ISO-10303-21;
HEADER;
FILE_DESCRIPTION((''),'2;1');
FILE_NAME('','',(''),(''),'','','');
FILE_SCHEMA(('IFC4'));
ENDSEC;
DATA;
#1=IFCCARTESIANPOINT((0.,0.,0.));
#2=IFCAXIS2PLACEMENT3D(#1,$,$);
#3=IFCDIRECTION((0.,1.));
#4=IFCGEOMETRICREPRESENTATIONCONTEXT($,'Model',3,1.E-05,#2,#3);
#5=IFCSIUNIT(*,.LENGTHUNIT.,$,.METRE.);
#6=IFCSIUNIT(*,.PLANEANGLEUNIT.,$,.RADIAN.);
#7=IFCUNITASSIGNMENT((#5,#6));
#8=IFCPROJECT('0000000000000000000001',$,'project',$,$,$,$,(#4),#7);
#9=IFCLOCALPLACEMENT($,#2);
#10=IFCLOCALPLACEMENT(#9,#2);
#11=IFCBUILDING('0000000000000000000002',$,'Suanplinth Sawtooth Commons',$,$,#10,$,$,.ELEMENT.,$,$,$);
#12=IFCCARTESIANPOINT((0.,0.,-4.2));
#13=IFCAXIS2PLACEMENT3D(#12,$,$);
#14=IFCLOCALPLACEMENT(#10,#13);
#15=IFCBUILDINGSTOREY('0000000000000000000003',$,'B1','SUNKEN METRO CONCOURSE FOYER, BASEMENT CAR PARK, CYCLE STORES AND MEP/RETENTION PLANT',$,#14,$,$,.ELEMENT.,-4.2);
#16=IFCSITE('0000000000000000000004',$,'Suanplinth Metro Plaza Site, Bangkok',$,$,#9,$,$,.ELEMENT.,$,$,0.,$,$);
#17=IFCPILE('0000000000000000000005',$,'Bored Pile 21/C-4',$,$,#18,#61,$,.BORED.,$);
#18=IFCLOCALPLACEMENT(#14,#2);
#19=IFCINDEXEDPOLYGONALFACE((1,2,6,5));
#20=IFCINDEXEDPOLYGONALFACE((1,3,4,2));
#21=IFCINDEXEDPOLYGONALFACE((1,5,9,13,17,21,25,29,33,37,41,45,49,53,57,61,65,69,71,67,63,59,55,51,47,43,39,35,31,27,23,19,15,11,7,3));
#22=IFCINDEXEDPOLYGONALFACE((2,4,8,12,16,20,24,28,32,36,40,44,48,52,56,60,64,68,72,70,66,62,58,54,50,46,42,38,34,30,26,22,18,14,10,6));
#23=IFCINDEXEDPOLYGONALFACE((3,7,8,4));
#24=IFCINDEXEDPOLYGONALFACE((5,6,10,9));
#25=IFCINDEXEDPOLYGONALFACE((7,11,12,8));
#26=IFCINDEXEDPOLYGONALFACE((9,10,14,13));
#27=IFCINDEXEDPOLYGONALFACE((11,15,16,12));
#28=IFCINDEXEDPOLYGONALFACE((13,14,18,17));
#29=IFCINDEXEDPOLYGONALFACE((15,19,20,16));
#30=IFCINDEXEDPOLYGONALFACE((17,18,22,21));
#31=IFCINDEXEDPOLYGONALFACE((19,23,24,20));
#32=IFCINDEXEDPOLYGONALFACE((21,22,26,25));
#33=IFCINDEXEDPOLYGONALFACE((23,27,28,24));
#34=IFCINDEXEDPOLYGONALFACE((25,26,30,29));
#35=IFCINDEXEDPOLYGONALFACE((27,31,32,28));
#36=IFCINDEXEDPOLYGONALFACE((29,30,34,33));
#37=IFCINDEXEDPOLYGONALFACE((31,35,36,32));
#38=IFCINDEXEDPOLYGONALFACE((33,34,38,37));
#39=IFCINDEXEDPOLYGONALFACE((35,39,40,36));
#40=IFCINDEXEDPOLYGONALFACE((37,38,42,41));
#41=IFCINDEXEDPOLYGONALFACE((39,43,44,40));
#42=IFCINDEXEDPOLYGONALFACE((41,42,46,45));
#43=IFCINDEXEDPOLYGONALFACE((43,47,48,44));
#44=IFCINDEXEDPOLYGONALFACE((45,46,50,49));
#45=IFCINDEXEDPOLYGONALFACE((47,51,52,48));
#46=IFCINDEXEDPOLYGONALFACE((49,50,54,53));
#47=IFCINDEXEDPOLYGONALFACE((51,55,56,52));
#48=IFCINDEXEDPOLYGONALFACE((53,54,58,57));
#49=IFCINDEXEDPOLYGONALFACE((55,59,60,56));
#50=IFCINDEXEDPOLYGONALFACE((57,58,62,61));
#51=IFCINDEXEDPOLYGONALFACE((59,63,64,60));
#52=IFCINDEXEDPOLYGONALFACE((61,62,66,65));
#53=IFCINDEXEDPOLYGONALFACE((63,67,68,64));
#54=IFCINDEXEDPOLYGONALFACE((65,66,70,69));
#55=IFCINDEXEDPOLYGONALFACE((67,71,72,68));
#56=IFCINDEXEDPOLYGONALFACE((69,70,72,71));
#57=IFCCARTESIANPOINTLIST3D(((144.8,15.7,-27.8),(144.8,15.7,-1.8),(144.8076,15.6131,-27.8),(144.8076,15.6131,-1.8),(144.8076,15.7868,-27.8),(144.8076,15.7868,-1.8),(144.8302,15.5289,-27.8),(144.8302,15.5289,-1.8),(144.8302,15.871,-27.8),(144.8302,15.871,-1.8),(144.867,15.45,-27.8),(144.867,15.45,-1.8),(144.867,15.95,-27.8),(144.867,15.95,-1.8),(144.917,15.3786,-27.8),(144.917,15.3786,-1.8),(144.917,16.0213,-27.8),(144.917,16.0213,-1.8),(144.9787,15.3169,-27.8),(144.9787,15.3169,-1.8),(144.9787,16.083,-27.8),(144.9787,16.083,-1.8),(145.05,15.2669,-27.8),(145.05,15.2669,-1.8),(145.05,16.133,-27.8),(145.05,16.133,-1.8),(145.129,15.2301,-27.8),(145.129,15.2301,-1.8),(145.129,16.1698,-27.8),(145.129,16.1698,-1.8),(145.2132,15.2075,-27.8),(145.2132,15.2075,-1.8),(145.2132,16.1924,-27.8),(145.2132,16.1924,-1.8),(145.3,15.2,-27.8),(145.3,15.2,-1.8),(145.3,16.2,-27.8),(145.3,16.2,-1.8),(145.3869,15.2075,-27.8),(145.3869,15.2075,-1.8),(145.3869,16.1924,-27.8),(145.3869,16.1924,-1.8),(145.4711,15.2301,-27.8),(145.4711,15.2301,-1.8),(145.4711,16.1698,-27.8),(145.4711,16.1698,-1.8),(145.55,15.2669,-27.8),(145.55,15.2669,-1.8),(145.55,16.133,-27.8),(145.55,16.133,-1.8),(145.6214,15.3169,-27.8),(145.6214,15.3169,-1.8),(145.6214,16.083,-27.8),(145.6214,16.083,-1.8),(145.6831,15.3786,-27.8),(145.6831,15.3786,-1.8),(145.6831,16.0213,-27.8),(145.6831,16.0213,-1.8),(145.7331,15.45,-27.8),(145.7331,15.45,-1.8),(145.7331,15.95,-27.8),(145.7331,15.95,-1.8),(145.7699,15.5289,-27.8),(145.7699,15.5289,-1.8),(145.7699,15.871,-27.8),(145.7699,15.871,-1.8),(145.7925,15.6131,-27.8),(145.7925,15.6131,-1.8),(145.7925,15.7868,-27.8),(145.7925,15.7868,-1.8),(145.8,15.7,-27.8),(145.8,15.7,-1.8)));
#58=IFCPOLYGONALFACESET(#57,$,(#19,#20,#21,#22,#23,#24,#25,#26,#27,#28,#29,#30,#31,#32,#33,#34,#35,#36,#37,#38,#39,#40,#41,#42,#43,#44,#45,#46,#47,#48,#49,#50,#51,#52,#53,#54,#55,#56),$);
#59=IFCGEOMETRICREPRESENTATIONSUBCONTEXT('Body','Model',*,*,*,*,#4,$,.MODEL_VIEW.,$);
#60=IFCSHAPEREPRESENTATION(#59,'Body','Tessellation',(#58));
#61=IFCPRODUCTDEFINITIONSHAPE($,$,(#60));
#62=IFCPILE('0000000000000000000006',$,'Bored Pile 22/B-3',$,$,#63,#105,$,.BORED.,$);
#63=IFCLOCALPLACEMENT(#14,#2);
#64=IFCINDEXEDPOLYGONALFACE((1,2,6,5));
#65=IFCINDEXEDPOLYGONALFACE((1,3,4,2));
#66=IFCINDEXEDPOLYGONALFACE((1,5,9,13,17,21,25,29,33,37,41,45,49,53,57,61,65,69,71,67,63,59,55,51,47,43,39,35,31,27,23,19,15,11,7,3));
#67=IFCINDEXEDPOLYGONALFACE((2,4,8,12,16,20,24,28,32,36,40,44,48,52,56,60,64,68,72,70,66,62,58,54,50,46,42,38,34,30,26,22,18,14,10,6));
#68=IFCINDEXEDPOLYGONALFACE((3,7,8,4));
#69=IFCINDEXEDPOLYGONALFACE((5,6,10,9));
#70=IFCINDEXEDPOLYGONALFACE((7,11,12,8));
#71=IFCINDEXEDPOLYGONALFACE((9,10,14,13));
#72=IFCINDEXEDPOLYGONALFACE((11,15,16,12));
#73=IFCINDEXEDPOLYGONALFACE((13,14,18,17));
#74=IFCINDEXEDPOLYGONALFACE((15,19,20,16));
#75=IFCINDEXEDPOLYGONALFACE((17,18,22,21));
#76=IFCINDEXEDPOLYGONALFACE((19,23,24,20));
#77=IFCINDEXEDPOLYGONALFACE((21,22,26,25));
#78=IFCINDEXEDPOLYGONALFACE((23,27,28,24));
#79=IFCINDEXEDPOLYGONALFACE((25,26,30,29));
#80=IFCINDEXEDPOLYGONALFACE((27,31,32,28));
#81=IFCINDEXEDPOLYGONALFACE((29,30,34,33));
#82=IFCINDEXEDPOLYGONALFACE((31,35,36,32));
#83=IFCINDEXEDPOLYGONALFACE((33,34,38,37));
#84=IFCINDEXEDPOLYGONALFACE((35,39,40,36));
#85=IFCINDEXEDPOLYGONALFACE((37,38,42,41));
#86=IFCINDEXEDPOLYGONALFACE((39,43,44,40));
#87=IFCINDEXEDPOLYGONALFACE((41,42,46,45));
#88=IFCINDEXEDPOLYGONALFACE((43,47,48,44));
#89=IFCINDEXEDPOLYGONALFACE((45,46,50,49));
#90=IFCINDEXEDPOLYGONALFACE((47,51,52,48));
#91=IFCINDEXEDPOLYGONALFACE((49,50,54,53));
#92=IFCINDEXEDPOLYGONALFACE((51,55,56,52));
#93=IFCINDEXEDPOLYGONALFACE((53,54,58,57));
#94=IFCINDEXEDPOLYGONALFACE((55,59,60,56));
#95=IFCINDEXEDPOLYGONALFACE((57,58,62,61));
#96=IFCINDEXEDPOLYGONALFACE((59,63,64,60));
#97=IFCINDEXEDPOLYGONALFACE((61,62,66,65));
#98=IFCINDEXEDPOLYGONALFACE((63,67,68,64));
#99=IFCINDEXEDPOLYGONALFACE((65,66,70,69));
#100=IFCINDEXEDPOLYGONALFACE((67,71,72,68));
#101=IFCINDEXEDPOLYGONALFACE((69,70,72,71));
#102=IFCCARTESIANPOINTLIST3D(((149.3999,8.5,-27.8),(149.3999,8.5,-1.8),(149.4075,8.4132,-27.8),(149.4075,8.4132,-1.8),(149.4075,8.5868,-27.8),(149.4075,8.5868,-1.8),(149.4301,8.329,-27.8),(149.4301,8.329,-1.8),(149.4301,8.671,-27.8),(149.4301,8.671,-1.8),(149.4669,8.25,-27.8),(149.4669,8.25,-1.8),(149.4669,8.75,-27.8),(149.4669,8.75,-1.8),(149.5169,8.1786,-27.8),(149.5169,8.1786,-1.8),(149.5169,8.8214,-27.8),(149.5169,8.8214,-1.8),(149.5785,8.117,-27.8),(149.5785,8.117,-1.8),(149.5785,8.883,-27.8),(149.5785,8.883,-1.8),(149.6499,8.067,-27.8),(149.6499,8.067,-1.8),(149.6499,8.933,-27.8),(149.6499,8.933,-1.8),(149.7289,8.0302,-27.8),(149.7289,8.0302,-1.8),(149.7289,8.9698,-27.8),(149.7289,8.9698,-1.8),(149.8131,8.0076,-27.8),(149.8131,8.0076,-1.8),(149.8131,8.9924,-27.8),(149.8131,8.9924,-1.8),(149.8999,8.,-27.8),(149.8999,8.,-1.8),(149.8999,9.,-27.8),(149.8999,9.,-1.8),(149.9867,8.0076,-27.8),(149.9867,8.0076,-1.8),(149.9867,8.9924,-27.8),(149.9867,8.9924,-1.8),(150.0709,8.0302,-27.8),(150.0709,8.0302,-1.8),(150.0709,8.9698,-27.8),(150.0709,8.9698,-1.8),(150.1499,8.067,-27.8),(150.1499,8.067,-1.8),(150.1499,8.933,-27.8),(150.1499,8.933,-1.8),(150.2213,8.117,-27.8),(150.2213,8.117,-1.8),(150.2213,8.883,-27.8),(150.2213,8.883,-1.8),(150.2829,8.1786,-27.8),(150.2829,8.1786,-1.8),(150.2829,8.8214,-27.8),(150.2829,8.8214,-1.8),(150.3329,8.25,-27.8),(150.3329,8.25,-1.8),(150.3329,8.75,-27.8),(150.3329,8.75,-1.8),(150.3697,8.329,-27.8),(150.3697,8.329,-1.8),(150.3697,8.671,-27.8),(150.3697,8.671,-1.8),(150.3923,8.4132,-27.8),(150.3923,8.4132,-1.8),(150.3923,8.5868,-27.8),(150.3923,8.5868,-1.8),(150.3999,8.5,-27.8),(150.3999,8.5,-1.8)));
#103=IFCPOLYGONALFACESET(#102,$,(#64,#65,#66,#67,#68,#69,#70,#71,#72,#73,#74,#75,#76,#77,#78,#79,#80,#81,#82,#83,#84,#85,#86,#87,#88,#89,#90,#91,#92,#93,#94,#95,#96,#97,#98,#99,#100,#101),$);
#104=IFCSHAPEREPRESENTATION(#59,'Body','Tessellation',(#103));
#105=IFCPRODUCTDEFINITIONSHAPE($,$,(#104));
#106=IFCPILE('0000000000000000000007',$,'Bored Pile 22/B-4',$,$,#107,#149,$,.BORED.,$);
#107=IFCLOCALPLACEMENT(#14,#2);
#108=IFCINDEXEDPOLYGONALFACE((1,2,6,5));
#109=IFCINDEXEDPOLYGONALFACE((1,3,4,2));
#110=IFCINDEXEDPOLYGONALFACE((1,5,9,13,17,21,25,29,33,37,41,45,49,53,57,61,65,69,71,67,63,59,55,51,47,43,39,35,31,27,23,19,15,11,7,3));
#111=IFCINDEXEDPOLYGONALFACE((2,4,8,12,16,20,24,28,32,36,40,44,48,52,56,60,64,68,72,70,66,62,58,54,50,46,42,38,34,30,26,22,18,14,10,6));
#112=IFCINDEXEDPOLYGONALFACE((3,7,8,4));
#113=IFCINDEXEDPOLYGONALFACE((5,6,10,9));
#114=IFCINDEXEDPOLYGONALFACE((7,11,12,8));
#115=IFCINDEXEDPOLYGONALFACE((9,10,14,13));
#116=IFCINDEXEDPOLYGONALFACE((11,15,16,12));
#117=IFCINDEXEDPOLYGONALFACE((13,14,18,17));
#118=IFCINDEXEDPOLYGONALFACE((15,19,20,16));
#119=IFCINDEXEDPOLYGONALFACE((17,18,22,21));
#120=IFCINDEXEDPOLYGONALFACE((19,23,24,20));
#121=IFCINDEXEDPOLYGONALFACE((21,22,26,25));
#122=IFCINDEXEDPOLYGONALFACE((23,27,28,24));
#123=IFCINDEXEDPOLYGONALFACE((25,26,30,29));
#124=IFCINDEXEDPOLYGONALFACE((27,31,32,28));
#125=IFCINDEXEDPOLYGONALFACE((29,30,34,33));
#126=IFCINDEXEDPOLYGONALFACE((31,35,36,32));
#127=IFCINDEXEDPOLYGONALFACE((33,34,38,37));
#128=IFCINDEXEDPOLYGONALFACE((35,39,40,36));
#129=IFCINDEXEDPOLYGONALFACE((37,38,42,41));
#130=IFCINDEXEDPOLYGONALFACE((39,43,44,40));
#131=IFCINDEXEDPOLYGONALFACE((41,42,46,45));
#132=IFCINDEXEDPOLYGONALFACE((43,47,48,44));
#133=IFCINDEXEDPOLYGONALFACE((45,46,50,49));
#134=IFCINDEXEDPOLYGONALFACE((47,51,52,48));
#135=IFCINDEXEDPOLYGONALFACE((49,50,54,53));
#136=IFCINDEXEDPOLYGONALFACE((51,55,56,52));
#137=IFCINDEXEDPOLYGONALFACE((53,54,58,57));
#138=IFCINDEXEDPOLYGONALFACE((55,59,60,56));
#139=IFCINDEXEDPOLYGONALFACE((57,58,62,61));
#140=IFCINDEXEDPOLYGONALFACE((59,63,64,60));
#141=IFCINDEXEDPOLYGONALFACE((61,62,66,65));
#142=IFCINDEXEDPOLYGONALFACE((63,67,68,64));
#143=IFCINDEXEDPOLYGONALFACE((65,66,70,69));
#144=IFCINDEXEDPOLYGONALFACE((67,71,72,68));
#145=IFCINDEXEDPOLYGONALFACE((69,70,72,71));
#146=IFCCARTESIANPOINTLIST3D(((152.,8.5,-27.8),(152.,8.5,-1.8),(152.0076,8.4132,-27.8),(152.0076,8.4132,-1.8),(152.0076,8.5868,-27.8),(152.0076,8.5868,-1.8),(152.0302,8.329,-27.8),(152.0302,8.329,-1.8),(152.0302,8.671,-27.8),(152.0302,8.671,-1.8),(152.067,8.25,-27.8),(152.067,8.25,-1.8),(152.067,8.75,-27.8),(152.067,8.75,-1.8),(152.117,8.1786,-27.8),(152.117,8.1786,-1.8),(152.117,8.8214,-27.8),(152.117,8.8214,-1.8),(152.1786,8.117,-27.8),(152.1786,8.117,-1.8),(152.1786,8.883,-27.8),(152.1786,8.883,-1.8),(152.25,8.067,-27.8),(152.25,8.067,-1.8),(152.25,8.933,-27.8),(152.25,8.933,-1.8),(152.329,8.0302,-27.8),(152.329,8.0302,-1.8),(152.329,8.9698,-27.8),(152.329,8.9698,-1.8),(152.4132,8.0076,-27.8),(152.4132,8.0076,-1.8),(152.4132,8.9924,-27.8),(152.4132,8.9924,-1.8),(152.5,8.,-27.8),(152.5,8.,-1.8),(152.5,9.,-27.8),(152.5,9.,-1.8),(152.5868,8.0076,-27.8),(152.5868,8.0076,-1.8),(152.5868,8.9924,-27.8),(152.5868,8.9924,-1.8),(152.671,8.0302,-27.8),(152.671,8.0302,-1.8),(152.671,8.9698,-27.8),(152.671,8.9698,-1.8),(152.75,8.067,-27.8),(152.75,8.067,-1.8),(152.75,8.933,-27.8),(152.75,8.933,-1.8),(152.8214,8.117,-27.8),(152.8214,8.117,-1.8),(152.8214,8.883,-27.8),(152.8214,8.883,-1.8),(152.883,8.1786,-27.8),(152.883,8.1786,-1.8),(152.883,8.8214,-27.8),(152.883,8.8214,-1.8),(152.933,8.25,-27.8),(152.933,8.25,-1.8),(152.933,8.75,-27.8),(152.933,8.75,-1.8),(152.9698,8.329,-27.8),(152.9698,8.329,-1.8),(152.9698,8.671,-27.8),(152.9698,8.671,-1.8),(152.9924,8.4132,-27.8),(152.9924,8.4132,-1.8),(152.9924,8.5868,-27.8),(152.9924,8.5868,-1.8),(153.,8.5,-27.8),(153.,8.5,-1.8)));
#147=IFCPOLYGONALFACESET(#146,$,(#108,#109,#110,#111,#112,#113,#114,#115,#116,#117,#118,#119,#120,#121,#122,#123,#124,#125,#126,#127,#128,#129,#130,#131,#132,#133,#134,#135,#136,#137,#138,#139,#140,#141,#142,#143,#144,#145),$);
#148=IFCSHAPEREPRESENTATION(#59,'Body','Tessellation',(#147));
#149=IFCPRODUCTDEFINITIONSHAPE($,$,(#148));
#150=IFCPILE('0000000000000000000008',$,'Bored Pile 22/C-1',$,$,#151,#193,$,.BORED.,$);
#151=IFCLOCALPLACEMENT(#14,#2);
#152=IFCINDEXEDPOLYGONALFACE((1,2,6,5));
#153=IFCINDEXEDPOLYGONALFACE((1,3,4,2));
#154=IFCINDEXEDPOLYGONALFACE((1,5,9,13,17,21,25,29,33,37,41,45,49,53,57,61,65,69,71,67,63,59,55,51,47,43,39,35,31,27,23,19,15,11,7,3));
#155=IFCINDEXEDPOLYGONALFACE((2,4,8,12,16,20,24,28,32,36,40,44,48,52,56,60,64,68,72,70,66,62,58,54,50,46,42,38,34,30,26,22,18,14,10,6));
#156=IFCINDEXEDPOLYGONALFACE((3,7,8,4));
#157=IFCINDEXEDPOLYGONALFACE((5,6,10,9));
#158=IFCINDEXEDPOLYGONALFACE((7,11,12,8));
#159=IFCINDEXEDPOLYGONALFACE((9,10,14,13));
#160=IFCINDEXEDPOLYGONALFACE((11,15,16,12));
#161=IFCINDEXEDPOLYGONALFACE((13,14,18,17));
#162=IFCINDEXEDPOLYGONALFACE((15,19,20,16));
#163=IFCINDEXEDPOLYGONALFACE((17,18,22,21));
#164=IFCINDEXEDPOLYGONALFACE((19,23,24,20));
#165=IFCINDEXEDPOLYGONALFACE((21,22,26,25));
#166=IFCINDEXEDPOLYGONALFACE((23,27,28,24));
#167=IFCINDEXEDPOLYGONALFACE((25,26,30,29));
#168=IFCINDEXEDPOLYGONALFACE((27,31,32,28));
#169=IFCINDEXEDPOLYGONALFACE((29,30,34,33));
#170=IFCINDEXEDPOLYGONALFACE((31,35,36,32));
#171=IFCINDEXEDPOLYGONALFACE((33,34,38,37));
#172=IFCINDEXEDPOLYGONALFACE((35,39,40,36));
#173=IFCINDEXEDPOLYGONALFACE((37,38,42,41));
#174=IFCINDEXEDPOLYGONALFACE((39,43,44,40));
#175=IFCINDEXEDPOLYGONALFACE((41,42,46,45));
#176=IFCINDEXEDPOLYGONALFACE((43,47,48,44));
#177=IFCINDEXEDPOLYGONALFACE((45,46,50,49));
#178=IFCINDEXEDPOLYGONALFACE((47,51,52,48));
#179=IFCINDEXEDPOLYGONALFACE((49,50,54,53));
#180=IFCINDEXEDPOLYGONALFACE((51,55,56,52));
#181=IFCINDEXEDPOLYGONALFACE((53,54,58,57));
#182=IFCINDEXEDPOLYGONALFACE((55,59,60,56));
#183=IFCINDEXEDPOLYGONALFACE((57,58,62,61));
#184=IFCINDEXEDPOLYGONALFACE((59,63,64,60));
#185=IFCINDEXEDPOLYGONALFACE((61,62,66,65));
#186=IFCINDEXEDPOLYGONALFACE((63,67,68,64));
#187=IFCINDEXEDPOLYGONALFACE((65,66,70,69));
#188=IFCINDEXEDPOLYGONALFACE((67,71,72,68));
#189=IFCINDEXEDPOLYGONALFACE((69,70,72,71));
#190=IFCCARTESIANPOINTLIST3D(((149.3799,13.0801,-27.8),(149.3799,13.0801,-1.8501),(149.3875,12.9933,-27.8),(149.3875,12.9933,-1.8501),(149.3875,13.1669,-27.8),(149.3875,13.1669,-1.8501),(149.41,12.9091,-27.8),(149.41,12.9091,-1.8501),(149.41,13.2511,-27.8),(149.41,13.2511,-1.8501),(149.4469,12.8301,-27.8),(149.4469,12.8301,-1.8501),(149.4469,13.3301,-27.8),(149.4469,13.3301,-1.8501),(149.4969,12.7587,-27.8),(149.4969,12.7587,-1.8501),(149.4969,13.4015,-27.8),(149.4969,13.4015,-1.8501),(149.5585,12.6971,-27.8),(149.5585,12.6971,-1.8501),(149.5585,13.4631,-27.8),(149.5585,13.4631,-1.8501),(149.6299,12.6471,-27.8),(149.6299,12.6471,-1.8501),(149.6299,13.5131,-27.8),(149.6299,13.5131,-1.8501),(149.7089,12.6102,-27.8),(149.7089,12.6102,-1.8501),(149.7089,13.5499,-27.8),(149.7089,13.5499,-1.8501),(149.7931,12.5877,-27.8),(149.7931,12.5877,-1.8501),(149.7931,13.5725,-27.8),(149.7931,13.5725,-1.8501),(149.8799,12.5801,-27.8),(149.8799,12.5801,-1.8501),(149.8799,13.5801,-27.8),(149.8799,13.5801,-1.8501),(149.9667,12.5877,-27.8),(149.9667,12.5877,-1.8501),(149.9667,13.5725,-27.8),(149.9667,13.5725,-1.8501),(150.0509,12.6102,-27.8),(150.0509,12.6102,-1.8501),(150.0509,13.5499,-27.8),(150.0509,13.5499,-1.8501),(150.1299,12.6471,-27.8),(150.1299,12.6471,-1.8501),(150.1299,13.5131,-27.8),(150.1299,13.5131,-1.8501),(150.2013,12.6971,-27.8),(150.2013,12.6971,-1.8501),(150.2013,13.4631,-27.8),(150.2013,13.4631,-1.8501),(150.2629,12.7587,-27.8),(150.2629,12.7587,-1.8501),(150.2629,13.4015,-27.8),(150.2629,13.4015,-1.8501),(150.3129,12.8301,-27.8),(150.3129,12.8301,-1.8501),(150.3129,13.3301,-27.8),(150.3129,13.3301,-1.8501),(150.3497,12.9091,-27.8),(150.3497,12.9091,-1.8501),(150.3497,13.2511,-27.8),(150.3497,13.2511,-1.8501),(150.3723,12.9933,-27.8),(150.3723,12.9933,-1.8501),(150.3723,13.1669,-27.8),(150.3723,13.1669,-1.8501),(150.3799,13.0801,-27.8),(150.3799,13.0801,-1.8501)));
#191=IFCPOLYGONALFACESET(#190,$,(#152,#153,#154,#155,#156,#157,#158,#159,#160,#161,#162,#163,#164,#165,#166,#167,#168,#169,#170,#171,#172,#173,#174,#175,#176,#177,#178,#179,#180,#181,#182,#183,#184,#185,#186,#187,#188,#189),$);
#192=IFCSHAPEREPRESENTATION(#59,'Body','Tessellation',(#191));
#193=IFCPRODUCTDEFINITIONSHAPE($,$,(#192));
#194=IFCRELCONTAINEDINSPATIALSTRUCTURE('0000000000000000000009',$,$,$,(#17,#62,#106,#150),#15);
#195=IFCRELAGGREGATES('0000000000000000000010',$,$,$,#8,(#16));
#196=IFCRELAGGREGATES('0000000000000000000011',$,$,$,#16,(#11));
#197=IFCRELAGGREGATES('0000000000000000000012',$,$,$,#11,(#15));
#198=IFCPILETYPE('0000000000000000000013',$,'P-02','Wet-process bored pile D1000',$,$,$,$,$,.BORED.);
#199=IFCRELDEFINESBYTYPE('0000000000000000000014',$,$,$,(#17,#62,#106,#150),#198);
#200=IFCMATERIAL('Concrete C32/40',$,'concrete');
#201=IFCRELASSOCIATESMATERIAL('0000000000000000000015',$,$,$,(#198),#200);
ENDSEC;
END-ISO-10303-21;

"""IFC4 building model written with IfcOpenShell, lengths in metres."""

from ifc_helpers import new_model, si_unit, direction, frame, origin, origin_2d, place, context, subcontext, project, spatial, circle, extrude, material, material_profile, profile_set, type_object, element, save


model = new_model("IFC4")

# Units and contexts
model_context = context("Model", 3, precision=1e-05, world=origin(), true_north=direction((0.0, 1.0)))
body_context = subcontext(model_context, "Body", "Model", "MODEL_VIEW")
ifc_project = project(units=[si_unit("LENGTHUNIT", "METRE"), si_unit("PLANEANGLEUNIT", "RADIAN")], contexts=[model_context])

# Site, building, storey
site_placement = place(None, origin())
site = spatial("IfcSite", under=ifc_project, at=site_placement, Name="Suanplinth Metro Plaza Site, Bangkok", CompositionType="ELEMENT", RefElevation=0.0)
building_placement = place(site_placement, origin())
building = spatial("IfcBuilding", under=site, at=building_placement, Name="Suanplinth Sawtooth Commons", CompositionType="ELEMENT")
storey_placement = place(building_placement, frame((0.0, 0.0, -4.2)))
storey = spatial("IfcBuildingStorey", under=building, at=storey_placement, Name="B1", Description="SUNKEN METRO CONCOURSE FOYER, BASEMENT CAR PARK, CYCLE STORES AND MEP/RETENTION PLANT", CompositionType="ELEMENT", Elevation=-4.2)

# Piles
ifc_material_1 = material(Name="Concrete C32/40", Category="concrete")
ifc_material_profile_1 = material_profile(ifc_material_1, circle(Radius=0.5, at=origin_2d()), Name="PILE D1000")
ifc_profile_set_1 = profile_set([ifc_material_profile_1], Name="Concrete C32/40")
pile_type = type_object("IfcPileType", Name="P-02", Description="Wet-process bored pile D1000", PredefinedType="BORED", material=ifc_profile_set_1)
for number, where, z_axis, x_axis, name in (
    (1, (145.3, 15.7, -1.8), (0.0, 0.0, -1.0), (1.0, 0.0, 0.0), "Bored Pile 21/C-4"),
    (2, (149.8999, 8.5, -1.8), (0.0, 0.0, -1.0), (1.0, 0.0, 0.0), "Bored Pile 22/B-3"),
    (3, (152.5, 8.5, -1.8), (0.0, 0.0, -1.0), (1.0, 0.0, 0.0), "Bored Pile 22/B-4"),
):
    element("IfcPile", number, at=place(storey_placement, frame(where, z_axis=z_axis, x_axis=x_axis)), inside=storey, type_object=pile_type, Name=name, PredefinedType="BORED", context=body_context, shape_type="SweptSolid", body=[
        extrude(circle(Radius=0.5, at=origin_2d()), origin(), (0.0, 0.0, 1.0), 26.0),
    ])
for number, where, z_axis, x_axis, name in (
    (4, (149.8799, 13.0801, -1.8501), (0.0, 0.0, -1.0), (1.0, 0.0, 0.0), "Bored Pile 22/C-1"),
):
    element("IfcPile", number, at=place(storey_placement, frame(where, z_axis=z_axis, x_axis=x_axis)), inside=storey, type_object=pile_type, Name=name, PredefinedType="BORED", context=body_context, shape_type="SweptSolid", body=[
        extrude(circle(Radius=0.5, at=origin_2d()), origin(), (0.0, 0.0, 1.0), 25.95),
    ])

save(model, "model.ifc")
